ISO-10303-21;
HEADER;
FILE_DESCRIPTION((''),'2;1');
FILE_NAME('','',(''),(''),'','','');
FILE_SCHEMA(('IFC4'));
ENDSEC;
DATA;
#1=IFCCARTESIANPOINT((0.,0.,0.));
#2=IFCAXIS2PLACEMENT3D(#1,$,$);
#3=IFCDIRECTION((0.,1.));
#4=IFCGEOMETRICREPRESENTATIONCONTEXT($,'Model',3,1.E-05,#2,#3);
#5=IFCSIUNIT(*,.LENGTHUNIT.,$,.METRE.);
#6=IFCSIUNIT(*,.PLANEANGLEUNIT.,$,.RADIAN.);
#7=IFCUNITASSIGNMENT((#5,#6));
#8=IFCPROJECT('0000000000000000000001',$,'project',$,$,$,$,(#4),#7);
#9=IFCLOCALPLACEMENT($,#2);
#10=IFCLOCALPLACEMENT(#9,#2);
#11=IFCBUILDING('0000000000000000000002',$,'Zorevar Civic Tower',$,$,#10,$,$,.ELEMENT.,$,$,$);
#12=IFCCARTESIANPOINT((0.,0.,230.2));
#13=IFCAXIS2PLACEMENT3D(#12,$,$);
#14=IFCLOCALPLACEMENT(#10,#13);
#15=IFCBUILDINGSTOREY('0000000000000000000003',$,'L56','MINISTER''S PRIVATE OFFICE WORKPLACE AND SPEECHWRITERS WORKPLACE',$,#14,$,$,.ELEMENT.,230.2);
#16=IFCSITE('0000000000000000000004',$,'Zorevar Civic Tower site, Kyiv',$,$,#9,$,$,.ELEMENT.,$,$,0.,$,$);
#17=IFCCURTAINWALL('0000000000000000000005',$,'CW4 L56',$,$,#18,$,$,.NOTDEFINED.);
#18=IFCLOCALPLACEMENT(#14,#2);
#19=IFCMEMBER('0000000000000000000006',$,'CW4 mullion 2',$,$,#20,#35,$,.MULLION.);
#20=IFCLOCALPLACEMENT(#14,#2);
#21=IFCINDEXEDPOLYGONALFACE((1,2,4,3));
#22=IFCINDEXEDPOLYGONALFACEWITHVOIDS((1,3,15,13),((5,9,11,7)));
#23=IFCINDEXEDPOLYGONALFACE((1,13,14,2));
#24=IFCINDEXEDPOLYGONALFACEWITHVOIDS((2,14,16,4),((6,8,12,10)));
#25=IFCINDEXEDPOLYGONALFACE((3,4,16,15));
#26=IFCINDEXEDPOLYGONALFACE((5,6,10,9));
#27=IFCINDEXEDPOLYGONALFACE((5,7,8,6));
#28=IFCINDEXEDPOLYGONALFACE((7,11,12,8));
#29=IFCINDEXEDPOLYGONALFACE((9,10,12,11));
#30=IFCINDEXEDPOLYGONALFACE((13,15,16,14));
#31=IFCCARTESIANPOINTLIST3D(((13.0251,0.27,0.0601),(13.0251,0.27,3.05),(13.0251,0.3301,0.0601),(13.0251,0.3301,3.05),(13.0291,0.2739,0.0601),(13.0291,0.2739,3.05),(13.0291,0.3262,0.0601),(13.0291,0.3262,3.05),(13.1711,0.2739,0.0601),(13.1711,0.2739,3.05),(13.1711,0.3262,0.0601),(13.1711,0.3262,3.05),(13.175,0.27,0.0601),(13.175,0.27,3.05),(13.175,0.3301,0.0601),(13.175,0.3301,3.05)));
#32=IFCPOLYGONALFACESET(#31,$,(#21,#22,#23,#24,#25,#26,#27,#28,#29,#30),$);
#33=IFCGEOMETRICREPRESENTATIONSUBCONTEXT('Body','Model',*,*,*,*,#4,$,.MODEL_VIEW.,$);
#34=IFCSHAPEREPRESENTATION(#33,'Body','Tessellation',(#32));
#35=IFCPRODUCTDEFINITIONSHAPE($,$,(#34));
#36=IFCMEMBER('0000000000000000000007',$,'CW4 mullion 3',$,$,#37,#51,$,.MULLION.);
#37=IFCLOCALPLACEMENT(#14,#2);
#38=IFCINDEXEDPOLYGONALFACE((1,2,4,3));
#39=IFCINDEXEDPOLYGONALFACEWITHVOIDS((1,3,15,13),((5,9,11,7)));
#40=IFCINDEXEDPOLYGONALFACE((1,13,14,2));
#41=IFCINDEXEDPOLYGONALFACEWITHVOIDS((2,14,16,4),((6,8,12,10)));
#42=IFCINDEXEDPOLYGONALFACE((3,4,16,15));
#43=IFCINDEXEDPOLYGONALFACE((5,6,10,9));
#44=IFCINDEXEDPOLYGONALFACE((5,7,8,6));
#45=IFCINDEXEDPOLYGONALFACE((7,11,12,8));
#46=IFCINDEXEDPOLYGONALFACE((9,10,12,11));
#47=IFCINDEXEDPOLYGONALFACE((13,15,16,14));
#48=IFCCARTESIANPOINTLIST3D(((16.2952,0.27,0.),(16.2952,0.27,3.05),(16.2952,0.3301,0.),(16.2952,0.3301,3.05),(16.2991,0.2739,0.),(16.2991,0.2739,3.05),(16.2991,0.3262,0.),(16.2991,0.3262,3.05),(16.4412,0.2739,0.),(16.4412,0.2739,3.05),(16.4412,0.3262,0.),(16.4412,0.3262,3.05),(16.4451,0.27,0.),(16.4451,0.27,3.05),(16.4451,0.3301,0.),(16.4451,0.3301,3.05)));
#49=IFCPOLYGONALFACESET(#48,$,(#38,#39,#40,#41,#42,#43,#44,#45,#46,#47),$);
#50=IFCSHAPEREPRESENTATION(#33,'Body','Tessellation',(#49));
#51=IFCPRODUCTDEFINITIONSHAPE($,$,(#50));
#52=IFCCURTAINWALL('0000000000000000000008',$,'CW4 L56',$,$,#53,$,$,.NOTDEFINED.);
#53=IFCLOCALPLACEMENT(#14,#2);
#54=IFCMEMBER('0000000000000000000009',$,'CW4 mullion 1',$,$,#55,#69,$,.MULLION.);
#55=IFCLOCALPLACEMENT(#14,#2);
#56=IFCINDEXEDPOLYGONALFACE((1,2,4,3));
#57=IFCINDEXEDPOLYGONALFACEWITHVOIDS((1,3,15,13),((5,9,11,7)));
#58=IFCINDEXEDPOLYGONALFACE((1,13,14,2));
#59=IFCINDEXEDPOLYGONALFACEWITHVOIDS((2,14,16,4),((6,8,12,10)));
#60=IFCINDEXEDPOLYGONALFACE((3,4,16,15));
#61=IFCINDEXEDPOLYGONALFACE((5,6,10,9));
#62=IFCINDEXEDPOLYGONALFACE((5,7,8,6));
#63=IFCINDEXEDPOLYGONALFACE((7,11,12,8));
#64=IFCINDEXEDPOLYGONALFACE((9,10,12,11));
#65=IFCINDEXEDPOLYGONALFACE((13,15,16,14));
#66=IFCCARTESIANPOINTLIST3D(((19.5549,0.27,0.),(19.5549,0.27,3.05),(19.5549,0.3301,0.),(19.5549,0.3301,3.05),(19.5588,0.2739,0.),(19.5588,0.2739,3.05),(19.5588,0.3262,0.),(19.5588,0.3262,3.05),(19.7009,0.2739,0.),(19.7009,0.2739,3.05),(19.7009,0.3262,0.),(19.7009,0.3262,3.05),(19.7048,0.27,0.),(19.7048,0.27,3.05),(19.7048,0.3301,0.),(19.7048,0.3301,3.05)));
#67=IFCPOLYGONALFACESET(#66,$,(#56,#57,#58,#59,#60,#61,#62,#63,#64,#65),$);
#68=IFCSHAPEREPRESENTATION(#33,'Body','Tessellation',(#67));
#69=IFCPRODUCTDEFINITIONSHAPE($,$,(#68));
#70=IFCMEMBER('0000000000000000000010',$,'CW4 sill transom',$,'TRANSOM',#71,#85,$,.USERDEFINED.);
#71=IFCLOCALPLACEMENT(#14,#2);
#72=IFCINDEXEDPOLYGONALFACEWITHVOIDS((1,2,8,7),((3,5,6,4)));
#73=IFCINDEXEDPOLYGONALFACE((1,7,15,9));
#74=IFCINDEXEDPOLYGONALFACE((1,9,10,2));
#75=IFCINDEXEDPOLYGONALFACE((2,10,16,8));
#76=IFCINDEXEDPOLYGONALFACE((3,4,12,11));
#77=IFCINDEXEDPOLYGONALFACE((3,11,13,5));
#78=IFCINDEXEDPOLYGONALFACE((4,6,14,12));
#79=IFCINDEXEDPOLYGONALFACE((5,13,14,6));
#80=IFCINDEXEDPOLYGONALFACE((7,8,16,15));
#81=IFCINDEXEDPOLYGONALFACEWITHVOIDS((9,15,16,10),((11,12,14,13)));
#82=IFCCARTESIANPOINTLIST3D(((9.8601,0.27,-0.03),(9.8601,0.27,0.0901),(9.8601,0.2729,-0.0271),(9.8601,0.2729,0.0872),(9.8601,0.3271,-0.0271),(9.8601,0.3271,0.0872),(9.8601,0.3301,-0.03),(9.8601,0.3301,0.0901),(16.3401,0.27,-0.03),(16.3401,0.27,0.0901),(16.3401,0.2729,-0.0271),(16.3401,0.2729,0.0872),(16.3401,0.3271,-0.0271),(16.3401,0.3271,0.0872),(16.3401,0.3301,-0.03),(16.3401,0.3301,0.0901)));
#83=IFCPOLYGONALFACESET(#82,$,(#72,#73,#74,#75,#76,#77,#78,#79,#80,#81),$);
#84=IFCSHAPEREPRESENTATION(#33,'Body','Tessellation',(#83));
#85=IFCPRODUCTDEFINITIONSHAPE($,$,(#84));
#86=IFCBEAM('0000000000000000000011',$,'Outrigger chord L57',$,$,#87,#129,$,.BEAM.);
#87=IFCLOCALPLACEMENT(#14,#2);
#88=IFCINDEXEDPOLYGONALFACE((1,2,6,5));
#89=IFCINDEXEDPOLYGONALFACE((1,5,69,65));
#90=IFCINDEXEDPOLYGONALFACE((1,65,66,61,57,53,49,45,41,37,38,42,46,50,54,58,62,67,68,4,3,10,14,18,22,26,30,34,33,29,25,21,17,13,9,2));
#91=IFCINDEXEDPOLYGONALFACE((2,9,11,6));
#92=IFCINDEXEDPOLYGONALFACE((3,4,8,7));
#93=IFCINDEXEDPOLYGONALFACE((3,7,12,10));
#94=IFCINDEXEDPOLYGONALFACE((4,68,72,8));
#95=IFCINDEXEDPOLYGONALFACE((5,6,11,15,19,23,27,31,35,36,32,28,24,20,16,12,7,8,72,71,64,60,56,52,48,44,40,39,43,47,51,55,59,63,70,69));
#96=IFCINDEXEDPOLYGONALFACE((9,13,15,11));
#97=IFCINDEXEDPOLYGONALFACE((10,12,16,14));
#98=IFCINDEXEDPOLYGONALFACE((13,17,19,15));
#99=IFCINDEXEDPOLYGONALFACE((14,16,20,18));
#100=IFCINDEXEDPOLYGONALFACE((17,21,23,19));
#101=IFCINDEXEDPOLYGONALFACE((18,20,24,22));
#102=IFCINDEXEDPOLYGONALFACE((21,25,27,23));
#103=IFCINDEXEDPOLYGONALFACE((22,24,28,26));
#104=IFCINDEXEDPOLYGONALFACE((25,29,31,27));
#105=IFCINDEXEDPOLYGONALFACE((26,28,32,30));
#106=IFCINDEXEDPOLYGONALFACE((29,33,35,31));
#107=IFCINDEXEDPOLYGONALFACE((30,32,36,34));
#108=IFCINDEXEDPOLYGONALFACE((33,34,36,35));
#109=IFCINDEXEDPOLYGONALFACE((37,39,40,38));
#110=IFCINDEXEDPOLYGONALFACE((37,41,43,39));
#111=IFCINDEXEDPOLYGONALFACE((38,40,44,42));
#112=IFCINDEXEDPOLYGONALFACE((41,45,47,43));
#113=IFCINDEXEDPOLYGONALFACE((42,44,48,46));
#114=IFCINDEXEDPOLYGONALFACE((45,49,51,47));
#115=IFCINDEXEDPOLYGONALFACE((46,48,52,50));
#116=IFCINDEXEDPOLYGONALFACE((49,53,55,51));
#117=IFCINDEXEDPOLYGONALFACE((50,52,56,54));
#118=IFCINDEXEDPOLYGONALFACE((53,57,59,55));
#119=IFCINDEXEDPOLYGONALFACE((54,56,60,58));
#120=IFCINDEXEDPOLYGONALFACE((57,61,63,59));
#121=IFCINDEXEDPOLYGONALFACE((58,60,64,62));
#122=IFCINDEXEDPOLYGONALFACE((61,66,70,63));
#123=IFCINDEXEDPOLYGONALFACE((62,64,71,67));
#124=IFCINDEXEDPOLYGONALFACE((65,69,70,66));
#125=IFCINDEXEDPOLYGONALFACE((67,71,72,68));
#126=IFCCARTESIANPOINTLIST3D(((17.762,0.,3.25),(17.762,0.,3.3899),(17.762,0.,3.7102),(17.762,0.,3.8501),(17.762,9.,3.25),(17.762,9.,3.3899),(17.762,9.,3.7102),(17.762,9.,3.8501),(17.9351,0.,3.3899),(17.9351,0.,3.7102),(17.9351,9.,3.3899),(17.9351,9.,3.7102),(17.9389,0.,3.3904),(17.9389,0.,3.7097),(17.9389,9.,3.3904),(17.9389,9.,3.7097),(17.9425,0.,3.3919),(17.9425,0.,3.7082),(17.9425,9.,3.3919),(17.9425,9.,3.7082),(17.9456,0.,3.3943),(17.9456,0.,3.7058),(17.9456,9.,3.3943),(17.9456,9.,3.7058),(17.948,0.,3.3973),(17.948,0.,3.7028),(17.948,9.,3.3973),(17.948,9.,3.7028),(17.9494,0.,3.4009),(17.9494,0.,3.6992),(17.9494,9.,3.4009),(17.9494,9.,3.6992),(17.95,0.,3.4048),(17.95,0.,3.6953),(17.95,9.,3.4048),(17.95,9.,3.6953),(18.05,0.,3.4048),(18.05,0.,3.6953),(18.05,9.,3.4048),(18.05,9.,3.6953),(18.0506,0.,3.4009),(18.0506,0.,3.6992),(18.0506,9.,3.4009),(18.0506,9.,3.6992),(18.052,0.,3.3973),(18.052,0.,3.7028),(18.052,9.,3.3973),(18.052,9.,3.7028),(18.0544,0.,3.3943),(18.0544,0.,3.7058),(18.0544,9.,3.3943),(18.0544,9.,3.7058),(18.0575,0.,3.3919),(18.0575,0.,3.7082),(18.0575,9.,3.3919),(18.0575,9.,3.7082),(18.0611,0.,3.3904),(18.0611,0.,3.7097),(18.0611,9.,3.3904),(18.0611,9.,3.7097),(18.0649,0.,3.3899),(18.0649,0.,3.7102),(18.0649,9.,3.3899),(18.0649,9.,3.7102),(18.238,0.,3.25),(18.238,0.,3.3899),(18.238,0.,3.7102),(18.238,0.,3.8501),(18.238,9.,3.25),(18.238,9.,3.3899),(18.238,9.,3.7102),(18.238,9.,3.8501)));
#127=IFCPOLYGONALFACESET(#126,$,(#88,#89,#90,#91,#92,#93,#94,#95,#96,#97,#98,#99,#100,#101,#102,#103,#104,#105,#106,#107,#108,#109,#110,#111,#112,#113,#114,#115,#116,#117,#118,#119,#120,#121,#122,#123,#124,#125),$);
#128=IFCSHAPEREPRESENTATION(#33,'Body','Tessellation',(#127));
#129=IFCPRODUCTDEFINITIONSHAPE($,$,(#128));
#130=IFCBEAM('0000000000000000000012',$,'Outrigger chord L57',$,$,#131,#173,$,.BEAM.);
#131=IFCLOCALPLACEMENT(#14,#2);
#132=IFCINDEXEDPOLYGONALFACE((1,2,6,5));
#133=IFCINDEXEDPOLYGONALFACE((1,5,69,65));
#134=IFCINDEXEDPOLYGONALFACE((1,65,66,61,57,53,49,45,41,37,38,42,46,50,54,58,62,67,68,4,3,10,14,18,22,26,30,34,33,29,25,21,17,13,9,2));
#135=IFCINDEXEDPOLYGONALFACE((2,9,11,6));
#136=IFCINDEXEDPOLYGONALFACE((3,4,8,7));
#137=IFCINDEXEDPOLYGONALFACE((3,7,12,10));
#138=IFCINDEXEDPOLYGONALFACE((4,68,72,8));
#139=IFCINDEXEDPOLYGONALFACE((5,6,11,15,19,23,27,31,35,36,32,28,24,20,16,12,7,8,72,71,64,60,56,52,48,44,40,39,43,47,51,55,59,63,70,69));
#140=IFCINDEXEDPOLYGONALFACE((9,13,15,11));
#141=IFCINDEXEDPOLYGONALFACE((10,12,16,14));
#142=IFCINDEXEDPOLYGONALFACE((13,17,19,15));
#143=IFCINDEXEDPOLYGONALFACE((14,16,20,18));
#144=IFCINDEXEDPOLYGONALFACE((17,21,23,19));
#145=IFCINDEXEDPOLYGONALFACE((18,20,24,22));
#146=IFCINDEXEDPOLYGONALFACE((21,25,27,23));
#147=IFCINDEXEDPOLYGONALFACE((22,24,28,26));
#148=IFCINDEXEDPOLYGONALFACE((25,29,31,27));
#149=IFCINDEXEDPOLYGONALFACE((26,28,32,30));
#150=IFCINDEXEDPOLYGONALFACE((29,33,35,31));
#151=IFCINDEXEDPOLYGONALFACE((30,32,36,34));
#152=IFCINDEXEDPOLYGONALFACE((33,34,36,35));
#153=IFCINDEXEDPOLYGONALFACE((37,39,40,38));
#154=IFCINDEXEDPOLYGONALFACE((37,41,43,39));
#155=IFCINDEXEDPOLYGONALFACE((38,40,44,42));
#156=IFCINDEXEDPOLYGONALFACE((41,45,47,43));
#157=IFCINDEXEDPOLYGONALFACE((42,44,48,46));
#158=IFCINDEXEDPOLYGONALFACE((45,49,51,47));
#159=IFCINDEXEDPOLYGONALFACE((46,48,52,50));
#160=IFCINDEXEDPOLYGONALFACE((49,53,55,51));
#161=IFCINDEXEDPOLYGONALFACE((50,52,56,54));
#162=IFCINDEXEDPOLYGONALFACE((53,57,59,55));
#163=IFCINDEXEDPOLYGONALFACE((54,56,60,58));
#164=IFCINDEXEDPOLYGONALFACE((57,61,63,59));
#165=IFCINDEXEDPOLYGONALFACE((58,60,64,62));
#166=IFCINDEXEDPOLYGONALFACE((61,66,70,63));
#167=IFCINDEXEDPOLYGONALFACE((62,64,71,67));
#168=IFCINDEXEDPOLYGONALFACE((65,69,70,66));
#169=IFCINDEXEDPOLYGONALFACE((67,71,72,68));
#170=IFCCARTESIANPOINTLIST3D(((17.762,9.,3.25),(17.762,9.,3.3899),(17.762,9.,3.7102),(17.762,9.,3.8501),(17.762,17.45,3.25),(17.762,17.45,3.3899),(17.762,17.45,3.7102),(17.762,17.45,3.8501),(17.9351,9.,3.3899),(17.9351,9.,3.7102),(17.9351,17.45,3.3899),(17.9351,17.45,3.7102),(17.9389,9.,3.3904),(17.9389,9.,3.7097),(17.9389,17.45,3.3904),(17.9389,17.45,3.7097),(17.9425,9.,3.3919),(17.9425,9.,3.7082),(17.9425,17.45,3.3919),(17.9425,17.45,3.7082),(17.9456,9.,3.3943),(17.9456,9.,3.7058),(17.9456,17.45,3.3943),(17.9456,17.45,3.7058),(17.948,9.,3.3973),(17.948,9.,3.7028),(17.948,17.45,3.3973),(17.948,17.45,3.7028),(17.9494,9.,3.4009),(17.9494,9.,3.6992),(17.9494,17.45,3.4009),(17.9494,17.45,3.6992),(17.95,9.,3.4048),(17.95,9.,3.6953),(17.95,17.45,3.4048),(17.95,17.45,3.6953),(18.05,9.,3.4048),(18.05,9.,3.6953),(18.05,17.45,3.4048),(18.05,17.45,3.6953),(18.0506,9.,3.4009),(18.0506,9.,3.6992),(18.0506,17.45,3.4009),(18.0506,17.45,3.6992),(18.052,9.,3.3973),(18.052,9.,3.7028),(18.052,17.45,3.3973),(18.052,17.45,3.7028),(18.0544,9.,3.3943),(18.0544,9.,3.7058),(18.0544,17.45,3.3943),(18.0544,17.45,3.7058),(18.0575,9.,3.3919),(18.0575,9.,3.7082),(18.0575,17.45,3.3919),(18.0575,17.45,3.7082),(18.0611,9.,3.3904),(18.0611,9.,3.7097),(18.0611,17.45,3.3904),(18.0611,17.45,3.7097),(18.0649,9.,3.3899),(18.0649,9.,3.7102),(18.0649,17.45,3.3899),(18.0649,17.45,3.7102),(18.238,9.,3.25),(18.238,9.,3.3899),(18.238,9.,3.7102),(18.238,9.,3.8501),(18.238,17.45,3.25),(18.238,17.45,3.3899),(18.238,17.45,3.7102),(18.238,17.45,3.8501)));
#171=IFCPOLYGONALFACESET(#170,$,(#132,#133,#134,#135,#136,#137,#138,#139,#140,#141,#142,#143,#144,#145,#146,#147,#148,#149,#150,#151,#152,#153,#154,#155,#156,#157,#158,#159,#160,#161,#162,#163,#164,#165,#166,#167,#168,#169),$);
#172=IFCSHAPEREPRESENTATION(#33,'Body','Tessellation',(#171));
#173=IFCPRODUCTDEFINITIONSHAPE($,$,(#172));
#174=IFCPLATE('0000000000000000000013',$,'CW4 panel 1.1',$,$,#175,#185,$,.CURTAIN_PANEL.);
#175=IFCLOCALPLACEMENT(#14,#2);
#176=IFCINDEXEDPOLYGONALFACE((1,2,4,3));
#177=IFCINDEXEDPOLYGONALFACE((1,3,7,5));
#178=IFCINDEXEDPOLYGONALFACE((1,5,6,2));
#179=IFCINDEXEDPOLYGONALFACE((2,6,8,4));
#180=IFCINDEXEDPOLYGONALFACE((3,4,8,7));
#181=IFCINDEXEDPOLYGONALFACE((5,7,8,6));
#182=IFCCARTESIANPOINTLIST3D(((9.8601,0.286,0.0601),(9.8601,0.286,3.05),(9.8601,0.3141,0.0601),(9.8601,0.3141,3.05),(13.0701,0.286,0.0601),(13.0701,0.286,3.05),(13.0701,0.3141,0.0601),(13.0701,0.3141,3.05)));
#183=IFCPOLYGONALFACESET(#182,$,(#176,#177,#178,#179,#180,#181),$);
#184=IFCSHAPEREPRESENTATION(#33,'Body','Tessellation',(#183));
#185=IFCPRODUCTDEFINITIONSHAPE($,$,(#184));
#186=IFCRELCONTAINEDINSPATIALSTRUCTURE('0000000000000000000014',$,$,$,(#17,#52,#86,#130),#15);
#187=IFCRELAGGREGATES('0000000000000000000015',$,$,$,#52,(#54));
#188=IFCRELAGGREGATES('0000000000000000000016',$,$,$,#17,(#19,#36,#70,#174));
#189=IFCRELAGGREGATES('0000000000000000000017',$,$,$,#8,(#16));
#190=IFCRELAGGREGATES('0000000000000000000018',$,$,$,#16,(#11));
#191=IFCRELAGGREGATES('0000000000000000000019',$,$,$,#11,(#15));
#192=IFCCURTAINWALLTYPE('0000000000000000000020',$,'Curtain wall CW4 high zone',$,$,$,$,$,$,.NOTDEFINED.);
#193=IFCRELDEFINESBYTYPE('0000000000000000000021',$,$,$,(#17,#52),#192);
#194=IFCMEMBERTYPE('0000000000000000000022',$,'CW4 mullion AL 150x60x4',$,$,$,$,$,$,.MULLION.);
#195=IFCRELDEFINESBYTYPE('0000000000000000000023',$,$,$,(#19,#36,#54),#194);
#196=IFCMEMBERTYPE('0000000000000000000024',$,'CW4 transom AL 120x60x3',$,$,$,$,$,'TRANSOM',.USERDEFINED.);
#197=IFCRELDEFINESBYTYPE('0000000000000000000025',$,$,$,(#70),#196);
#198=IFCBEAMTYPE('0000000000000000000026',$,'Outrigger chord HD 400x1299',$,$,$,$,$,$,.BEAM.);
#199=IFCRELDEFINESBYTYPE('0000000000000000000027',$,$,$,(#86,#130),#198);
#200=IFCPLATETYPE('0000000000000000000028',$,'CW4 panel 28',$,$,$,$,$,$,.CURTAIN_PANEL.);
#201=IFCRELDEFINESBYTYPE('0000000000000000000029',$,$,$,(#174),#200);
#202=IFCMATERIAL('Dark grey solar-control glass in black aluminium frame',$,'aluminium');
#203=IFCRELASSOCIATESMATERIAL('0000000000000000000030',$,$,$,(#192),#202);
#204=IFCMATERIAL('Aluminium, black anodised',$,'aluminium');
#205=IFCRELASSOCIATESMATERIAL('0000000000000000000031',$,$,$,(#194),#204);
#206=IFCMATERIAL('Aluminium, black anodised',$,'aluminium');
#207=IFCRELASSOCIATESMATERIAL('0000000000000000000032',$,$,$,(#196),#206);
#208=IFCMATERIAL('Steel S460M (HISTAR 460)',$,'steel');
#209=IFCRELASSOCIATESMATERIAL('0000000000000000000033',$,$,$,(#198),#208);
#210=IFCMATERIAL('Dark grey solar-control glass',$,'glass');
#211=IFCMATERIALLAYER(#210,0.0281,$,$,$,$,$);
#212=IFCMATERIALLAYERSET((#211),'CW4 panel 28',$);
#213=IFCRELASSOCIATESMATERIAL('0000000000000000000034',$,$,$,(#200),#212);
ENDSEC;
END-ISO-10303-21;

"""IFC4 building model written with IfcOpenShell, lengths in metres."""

from ifc_helpers import new_model, si_unit, direction, frame, origin, origin_2d, place, context, subcontext, project, spatial, rectangle, hollow_rectangle, i_section, extrude, material, layer, layer_set, material_profile, profile_set, type_object, element, aggregate, save


model = new_model("IFC4")

# Units and contexts
model_context = context("Model", 3, precision=1e-05, world=origin(), true_north=direction((0.0, 1.0)))
body_context = subcontext(model_context, "Body", "Model", "MODEL_VIEW")
ifc_project = project(units=[si_unit("LENGTHUNIT", "METRE"), si_unit("PLANEANGLEUNIT", "RADIAN")], contexts=[model_context])

# Site, building, storey
site_placement = place(None, origin())
site = spatial("IfcSite", under=ifc_project, at=site_placement, Name="Zorevar Civic Tower site, Kyiv", CompositionType="ELEMENT", RefElevation=0.0)
building_placement = place(site_placement, origin())
building = spatial("IfcBuilding", under=site, at=building_placement, Name="Zorevar Civic Tower", CompositionType="ELEMENT")
storey_placement = place(building_placement, frame((0.0, 0.0, 230.2)))
storey = spatial("IfcBuildingStorey", under=building, at=storey_placement, Name="L56", Description="MINISTER'S PRIVATE OFFICE WORKPLACE AND SPEECHWRITERS WORKPLACE", CompositionType="ELEMENT", Elevation=230.2)

# Curtain wall, members
ifc_material_1 = material(Name="Dark grey solar-control glass in black aluminium frame", Category="aluminium")
curtain_wall_type = type_object("IfcCurtainWallType", Name="Curtain wall CW4 high zone", PredefinedType="NOTDEFINED", material=ifc_material_1)
curtain_wall_1_placement = place(storey_placement, origin())
curtain_wall_1 = element("IfcCurtainWall", 1, at=curtain_wall_1_placement, inside=storey, type_object=curtain_wall_type, Name="CW4 L56", PredefinedType="NOTDEFINED")
ifc_material_2 = material(Name="Aluminium, black anodised", Category="aluminium")
ifc_material_profile_1 = material_profile(ifc_material_2, hollow_rectangle(XDim=0.0601, YDim=0.1499, WallThickness=0.0039, at=origin_2d()), Name="AL 150x60x4")
ifc_profile_set_1 = profile_set([ifc_material_profile_1], Name="Aluminium, black anodised")
member_type_1 = type_object("IfcMemberType", Name="CW4 mullion AL 150x60x4", PredefinedType="MULLION", material=ifc_profile_set_1)
member_1_placement = place(storey_placement, frame((13.1001, 0.3, 0.0601), z_axis=(0.0, 0.0, 1.0), x_axis=(0.0, 1.0, 0.0)))
member_1 = element("IfcMember", 2, at=member_1_placement, type_object=member_type_1, Name="CW4 mullion 2", PredefinedType="MULLION", context=body_context, shape_type="SweptSolid", body=[
    extrude(hollow_rectangle(XDim=0.0601, YDim=0.1499, WallThickness=0.0039, at=origin_2d()), origin(), (0.0, 0.0, 1.0), 2.99),
])
member_2_placement = place(storey_placement, frame((16.3701, 0.3, 0.0), z_axis=(0.0, 0.0, 1.0), x_axis=(0.0, 1.0, 0.0)))
member_2 = element("IfcMember", 3, at=member_2_placement, type_object=member_type_1, Name="CW4 mullion 3", PredefinedType="MULLION", context=body_context, shape_type="SweptSolid", body=[
    extrude(hollow_rectangle(XDim=0.0601, YDim=0.1499, WallThickness=0.0039, at=origin_2d()), origin(), (0.0, 0.0, 1.0), 3.05),
])

# Curtain wall, member
curtain_wall_2_placement = place(storey_placement, origin())
curtain_wall_2 = element("IfcCurtainWall", 4, at=curtain_wall_2_placement, inside=storey, type_object=curtain_wall_type, Name="CW4 L56", PredefinedType="NOTDEFINED")
member_3_placement = place(storey_placement, frame((19.6299, 0.3, 0.0), z_axis=(0.0, 0.0, 1.0), x_axis=(0.0, 1.0, 0.0)))
member_3 = element("IfcMember", 5, at=member_3_placement, type_object=member_type_1, Name="CW4 mullion 1", PredefinedType="MULLION", context=body_context, shape_type="SweptSolid", body=[
    extrude(hollow_rectangle(XDim=0.0601, YDim=0.1499, WallThickness=0.0039, at=origin_2d()), origin(), (0.0, 0.0, 1.0), 3.05),
])
aggregate(curtain_wall_2, [member_3])

# Member
ifc_material_3 = material(Name="Aluminium, black anodised", Category="aluminium")
ifc_material_profile_2 = material_profile(ifc_material_3, hollow_rectangle(XDim=0.0601, YDim=0.1201, WallThickness=0.0029, at=origin_2d()), Name="AL 120x60x3")
ifc_profile_set_2 = profile_set([ifc_material_profile_2], Name="Aluminium, black anodised")
member_type_2 = type_object("IfcMemberType", Name="CW4 transom AL 120x60x3", ElementType="TRANSOM", PredefinedType="USERDEFINED", material=ifc_profile_set_2)
member_4_placement = place(storey_placement, frame((9.8601, 0.3, 0.03), z_axis=(1.0, 0.0, 0.0), x_axis=(0.0, 1.0, 0.0)))
member_4 = element("IfcMember", 6, at=member_4_placement, type_object=member_type_2, Name="CW4 sill transom", ObjectType="TRANSOM", PredefinedType="USERDEFINED", context=body_context, shape_type="SweptSolid", body=[
    extrude(hollow_rectangle(XDim=0.0601, YDim=0.1201, WallThickness=0.0029, at=origin_2d()), origin(), (0.0, 0.0, 1.0), 6.48),
])

# Beams
ifc_material_4 = material(Name="Steel S460M (HISTAR 460)", Category="steel")
ifc_material_profile_3 = material_profile(ifc_material_4, i_section(OverallWidth=0.4761, OverallDepth=0.6001, WebThickness=0.1001, FlangeThickness=0.1399, FilletRadius=0.0149, at=origin_2d()), Name="HD 400x1299")
ifc_profile_set_3 = profile_set([ifc_material_profile_3], Name="Steel S460M (HISTAR 460)")
beam_type_1 = type_object("IfcBeamType", Name="Outrigger chord HD 400x1299", PredefinedType="BEAM", material=ifc_profile_set_3)
beam_1_placement = place(storey_placement, frame((18.0, 0.0, 3.55), z_axis=(0.0, 1.0, 0.0), x_axis=(-1.0, 0.0, 0.0)))
element("IfcBeam", 7, at=beam_1_placement, inside=storey, type_object=beam_type_1, Name="Outrigger chord L57", PredefinedType="BEAM", context=body_context, shape_type="SweptSolid", body=[
    extrude(i_section(OverallWidth=0.4761, OverallDepth=0.6001, WebThickness=0.1001, FlangeThickness=0.1399, FilletRadius=0.0149, at=origin_2d()), origin(), (0.0, 0.0, 1.0), 9.0),
])
beam_2_placement = place(storey_placement, frame((18.0, 9.0, 3.55), z_axis=(0.0, 1.0, 0.0), x_axis=(-1.0, 0.0, 0.0)))
element("IfcBeam", 8, at=beam_2_placement, inside=storey, type_object=beam_type_1, Name="Outrigger chord L57", PredefinedType="BEAM", context=body_context, shape_type="SweptSolid", body=[
    extrude(i_section(OverallWidth=0.4761, OverallDepth=0.6001, WebThickness=0.1001, FlangeThickness=0.1399, FilletRadius=0.0149, at=origin_2d()), origin(), (0.0, 0.0, 1.0), 8.45),
])

# Plate
ifc_material_5 = material(Name="Dark grey solar-control glass", Category="glass")
ifc_layer_1 = layer(ifc_material_5, 0.0281)
ifc_layer_set_1 = layer_set([ifc_layer_1], Name="CW4 panel 28")
plate_type = type_object("IfcPlateType", Name="CW4 panel 28", PredefinedType="CURTAIN_PANEL", material=ifc_layer_set_1)
plate_1_placement = place(storey_placement, frame((11.4651, 0.3, 0.0601), z_axis=(0.0, 0.0, 1.0), x_axis=(1.0, 0.0, 0.0)))
plate_1 = element("IfcPlate", 9, at=plate_1_placement, type_object=plate_type, Name="CW4 panel 1.1", PredefinedType="CURTAIN_PANEL", context=body_context, shape_type="SweptSolid", body=[
    extrude(rectangle(XDim=3.21, YDim=0.0281, at=origin_2d()), origin(), (0.0, 0.0, 1.0), 2.99),
])
aggregate(curtain_wall_1, [member_1, member_2, member_4, plate_1])

save(model, "model.ifc")
